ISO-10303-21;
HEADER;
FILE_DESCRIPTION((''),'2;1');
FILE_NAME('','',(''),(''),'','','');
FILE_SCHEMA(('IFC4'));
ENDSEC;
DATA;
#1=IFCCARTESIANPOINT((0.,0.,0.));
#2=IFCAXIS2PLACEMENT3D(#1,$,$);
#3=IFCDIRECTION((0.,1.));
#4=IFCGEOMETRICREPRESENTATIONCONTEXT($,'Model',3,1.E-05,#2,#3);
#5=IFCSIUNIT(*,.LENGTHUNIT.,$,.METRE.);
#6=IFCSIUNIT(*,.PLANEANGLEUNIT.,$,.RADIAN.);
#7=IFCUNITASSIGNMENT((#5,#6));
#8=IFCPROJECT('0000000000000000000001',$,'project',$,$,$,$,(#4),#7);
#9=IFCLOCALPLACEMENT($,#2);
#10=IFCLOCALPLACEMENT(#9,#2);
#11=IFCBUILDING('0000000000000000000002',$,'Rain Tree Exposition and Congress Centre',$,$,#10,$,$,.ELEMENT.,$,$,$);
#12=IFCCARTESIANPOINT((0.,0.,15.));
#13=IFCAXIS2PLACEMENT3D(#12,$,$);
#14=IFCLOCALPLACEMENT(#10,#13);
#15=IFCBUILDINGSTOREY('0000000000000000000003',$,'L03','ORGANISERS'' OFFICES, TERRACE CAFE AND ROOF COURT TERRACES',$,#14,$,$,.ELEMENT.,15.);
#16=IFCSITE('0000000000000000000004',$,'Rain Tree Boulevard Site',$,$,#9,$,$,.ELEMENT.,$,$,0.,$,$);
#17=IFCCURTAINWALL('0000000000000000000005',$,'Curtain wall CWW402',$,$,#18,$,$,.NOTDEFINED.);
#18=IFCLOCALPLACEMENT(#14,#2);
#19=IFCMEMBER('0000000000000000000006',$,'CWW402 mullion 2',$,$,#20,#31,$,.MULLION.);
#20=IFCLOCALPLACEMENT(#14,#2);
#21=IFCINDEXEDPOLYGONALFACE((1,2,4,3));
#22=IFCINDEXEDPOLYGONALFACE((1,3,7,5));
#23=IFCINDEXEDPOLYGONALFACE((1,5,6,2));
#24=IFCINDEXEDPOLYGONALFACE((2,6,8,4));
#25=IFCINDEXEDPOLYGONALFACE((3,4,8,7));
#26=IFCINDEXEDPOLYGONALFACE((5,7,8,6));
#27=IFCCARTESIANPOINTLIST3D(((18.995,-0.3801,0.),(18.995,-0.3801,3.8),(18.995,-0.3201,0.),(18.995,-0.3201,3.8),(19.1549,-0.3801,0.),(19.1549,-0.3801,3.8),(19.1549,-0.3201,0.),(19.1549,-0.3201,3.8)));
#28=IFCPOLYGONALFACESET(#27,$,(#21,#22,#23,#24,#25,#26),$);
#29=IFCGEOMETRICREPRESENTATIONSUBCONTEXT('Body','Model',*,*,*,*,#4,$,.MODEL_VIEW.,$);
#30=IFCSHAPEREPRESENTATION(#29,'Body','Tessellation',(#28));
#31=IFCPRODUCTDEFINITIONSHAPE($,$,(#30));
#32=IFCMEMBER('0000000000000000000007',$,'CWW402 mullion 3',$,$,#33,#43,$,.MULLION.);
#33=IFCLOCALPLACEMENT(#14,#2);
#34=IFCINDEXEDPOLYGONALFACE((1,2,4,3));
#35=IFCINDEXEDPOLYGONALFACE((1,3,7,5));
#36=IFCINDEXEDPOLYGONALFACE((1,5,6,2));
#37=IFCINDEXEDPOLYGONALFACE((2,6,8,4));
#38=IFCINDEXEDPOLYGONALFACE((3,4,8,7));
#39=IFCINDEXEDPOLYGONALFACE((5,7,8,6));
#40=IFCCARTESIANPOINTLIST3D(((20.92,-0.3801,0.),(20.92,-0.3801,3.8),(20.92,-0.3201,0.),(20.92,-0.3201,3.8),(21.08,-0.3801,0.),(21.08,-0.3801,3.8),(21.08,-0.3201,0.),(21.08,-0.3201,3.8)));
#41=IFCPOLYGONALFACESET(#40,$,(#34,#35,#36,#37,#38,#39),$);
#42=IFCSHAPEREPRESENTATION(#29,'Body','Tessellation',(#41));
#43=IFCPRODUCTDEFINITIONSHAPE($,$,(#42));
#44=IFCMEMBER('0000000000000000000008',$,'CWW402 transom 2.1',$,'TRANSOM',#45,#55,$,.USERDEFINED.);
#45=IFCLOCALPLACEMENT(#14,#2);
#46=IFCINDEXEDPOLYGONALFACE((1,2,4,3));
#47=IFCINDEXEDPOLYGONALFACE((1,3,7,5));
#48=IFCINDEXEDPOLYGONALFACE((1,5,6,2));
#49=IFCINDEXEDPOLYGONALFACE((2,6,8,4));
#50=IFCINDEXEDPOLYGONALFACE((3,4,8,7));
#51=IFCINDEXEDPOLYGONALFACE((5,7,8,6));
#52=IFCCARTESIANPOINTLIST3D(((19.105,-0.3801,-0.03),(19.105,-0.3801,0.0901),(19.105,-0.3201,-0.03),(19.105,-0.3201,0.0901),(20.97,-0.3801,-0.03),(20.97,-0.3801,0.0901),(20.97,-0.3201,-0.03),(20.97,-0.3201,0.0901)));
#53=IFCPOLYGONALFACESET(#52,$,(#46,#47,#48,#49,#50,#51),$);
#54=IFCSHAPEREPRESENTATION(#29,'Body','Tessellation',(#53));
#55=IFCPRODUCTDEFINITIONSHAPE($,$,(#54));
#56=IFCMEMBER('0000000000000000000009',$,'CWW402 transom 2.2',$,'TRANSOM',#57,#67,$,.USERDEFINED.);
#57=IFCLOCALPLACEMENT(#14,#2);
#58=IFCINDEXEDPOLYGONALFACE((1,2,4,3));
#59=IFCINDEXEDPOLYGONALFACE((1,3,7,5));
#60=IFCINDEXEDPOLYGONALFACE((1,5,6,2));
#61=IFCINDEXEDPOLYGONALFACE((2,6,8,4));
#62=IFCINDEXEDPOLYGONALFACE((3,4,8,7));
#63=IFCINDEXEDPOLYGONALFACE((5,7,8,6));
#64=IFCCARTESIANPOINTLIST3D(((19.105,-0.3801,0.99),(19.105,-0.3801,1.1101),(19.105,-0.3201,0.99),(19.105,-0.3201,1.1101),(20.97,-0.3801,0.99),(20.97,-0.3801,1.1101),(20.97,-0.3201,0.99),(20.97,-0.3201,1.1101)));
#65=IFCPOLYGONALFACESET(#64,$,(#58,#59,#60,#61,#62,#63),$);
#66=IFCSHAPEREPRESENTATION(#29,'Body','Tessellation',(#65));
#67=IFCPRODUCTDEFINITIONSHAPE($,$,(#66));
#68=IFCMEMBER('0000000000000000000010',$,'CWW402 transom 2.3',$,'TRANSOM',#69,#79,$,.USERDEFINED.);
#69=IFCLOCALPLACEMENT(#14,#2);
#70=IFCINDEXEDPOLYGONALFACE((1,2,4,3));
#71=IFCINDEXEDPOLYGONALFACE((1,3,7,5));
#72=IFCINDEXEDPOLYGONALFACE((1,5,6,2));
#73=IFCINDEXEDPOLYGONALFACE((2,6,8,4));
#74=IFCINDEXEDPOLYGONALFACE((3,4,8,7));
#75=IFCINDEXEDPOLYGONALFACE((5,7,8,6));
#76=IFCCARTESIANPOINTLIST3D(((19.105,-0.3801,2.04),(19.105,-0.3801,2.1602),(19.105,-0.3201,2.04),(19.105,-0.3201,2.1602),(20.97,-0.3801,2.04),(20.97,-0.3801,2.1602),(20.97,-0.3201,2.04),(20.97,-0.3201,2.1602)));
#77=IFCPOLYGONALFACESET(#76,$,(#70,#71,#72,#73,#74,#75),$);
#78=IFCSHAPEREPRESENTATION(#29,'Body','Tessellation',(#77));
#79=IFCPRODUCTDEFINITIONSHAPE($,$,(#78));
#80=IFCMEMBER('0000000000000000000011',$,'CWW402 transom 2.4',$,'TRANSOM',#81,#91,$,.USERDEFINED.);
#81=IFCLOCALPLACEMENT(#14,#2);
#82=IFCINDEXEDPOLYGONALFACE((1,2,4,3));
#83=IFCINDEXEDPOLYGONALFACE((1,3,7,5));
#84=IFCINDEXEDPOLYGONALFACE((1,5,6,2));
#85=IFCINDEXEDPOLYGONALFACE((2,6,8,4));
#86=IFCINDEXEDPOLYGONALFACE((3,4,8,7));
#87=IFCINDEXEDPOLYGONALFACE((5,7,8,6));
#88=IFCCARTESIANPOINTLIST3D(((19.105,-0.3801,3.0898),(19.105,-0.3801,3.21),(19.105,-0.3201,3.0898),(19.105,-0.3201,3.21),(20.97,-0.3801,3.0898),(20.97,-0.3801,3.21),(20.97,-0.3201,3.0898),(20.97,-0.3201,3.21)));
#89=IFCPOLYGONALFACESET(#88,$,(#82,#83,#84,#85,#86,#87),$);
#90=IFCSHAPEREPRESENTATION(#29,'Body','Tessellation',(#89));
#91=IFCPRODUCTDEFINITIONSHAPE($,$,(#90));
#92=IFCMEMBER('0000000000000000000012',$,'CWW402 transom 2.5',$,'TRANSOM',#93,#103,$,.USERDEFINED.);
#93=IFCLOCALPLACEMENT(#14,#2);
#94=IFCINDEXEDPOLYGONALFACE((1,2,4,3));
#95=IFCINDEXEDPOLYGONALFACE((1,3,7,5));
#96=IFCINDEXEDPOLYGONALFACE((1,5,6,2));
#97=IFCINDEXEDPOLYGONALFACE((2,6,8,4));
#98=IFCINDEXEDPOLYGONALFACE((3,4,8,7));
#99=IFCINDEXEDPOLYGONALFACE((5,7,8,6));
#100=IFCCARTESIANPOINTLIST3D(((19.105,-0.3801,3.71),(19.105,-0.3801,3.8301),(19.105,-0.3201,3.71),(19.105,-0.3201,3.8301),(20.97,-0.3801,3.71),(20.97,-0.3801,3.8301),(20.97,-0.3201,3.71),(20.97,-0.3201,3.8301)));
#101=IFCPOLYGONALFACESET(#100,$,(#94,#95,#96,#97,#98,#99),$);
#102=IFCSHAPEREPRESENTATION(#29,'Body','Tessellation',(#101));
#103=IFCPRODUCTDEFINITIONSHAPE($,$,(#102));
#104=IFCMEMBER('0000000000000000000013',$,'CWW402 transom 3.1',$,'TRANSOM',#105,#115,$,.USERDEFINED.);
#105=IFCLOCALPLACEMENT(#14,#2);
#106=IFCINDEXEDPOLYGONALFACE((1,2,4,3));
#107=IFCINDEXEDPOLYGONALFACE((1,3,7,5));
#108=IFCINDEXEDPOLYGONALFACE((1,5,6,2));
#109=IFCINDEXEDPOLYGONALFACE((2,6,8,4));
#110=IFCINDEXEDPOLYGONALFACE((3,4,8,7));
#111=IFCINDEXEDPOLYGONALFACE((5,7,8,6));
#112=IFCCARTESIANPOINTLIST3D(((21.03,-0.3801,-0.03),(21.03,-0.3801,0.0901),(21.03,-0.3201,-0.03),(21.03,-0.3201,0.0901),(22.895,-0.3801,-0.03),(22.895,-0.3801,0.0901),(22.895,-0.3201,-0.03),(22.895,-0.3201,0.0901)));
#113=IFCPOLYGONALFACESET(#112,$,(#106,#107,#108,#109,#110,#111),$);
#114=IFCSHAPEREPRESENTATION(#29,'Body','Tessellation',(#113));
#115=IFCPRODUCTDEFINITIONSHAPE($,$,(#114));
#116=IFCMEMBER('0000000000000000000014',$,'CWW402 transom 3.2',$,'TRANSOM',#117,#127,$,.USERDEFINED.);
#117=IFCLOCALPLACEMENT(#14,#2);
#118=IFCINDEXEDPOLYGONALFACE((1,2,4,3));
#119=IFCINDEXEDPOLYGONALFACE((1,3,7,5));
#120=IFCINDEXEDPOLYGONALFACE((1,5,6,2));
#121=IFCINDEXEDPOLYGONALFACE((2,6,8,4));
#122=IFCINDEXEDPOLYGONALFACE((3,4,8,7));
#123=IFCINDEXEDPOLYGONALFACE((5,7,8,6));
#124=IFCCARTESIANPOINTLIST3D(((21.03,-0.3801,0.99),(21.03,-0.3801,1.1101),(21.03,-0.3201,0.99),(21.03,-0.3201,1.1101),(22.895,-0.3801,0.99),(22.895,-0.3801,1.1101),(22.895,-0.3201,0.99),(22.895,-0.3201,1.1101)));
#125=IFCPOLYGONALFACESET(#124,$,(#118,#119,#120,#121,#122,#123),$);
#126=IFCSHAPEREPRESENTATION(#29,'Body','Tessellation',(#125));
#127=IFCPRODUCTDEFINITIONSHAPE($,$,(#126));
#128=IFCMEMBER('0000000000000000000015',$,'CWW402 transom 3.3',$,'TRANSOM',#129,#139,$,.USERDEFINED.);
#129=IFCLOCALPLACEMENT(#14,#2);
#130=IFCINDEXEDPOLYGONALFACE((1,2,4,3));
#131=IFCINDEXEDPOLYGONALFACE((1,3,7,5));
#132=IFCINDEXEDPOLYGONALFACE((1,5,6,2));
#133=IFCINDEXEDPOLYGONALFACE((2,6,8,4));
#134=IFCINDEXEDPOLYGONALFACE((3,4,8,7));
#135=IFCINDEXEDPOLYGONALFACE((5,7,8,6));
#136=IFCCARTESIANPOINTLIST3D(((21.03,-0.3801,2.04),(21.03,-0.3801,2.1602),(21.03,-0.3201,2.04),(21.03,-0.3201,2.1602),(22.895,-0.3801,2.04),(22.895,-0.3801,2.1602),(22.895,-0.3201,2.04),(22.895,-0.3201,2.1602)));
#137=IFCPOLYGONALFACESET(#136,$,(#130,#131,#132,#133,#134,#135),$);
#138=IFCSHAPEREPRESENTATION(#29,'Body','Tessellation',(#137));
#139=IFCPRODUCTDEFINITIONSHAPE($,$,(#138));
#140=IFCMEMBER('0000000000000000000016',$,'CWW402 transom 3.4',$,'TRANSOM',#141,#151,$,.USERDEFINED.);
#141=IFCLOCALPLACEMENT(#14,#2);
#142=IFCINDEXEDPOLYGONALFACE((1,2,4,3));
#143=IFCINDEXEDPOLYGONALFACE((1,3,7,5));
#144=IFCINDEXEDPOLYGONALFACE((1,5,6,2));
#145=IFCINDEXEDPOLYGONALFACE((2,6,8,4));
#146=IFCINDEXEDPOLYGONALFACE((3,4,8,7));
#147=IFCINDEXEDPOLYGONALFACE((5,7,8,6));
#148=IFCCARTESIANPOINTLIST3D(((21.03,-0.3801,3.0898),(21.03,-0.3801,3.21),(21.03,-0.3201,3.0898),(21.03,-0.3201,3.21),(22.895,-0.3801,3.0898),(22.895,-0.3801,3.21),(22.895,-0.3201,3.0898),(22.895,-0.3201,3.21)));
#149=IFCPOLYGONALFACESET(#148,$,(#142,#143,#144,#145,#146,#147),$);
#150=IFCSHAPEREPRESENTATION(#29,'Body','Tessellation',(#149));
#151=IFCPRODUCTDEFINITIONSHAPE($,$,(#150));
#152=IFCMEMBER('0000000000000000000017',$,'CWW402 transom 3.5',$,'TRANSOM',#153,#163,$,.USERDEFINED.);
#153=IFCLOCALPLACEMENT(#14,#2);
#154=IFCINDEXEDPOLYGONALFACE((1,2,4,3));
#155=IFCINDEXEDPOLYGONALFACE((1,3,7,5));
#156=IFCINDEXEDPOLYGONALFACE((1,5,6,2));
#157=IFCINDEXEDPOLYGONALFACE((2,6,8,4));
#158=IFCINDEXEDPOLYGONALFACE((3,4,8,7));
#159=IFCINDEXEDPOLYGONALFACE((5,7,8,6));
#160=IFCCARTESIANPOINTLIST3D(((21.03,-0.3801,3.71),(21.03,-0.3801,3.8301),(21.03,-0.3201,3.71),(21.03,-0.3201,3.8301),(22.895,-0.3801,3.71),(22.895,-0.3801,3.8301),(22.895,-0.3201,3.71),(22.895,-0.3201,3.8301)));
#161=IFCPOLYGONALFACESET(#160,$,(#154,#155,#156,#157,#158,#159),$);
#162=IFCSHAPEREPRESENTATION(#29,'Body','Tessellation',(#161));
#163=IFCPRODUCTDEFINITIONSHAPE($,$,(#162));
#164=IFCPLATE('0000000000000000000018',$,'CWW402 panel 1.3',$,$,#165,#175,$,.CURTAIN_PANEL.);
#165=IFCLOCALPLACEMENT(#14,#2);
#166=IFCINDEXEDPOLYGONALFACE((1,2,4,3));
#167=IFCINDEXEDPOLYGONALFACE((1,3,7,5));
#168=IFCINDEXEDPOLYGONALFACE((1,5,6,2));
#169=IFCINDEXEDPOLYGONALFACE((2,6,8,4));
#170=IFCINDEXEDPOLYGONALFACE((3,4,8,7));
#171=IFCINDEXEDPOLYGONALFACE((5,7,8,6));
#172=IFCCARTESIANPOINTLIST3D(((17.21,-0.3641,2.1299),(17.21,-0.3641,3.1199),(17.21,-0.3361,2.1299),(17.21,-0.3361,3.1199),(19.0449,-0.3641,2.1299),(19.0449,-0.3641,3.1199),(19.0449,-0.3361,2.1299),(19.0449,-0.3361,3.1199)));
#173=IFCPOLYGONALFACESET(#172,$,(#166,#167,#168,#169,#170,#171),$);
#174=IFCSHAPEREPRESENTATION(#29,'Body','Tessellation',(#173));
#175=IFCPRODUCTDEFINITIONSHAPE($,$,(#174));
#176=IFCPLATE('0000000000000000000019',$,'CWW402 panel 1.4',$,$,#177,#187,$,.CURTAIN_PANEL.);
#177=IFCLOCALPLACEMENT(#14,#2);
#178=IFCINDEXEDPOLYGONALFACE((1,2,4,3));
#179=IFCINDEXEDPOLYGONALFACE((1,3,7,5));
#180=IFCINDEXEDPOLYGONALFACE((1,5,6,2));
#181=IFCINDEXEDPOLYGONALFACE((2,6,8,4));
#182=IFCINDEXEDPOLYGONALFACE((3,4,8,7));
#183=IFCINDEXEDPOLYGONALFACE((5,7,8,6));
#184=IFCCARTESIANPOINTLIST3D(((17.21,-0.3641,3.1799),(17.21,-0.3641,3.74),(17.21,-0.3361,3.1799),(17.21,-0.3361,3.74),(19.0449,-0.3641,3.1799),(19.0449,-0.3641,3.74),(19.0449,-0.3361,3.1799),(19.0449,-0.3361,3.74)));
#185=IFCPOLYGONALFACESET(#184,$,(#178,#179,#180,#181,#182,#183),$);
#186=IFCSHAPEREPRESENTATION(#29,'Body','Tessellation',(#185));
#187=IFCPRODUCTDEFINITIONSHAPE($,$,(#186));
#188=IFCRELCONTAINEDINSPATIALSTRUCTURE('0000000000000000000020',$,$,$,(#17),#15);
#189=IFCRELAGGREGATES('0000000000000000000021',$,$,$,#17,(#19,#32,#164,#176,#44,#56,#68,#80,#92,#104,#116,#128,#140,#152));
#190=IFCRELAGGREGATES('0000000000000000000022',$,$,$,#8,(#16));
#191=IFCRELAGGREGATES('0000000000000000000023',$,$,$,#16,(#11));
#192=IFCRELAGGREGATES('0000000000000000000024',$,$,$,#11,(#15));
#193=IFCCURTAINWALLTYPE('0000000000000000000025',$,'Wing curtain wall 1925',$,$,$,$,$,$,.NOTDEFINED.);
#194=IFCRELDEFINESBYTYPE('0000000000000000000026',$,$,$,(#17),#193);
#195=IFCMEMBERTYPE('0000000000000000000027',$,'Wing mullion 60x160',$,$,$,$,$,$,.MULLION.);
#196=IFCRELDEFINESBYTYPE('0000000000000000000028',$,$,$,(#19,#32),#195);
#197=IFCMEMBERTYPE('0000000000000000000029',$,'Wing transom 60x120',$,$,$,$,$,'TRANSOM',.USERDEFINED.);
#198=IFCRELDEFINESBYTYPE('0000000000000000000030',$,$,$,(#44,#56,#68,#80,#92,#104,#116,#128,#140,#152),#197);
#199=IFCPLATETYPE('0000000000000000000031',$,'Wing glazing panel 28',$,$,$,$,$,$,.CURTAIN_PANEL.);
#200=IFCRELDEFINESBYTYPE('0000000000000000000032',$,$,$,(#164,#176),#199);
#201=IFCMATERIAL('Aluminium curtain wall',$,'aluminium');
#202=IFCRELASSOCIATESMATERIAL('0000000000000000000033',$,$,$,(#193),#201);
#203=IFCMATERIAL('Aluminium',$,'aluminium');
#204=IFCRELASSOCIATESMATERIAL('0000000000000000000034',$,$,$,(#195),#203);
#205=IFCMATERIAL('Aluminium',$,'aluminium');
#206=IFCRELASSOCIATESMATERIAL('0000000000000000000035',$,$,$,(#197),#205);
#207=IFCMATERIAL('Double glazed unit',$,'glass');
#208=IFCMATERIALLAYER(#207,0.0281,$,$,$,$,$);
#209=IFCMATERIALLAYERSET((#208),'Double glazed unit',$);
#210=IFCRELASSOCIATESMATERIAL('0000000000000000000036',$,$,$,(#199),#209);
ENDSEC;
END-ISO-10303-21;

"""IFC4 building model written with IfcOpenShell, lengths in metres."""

from ifc_helpers import new_model, si_unit, direction, frame, origin, origin_2d, place, context, subcontext, project, spatial, rectangle, extrude, material, layer, layer_set, material_profile, profile_set, type_object, element, aggregate, save


model = new_model("IFC4")

# Units and contexts
model_context = context("Model", 3, precision=1e-05, world=origin(), true_north=direction((0.0, 1.0)))
body_context = subcontext(model_context, "Body", "Model", "MODEL_VIEW")
ifc_project = project(units=[si_unit("LENGTHUNIT", "METRE"), si_unit("PLANEANGLEUNIT", "RADIAN")], contexts=[model_context])

# Site, building, storey
site_placement = place(None, origin())
site = spatial("IfcSite", under=ifc_project, at=site_placement, Name="Rain Tree Boulevard Site", CompositionType="ELEMENT", RefElevation=0.0)
building_placement = place(site_placement, origin())
building = spatial("IfcBuilding", under=site, at=building_placement, Name="Rain Tree Exposition and Congress Centre", CompositionType="ELEMENT")
storey_placement = place(building_placement, frame((0.0, 0.0, 15.0)))
storey = spatial("IfcBuildingStorey", under=building, at=storey_placement, Name="L03", Description="ORGANISERS' OFFICES, TERRACE CAFE AND ROOF COURT TERRACES", CompositionType="ELEMENT", Elevation=15.0)

# Curtain wall, members, plates
ifc_material_1 = material(Name="Aluminium curtain wall", Category="aluminium")
curtain_wall_type = type_object("IfcCurtainWallType", Name="Wing curtain wall 1925", PredefinedType="NOTDEFINED", material=ifc_material_1)
curtain_wall_placement = place(storey_placement, origin())
curtain_wall = element("IfcCurtainWall", 1, at=curtain_wall_placement, inside=storey, type_object=curtain_wall_type, Name="Curtain wall CWW402", PredefinedType="NOTDEFINED")
ifc_material_2 = material(Name="Aluminium", Category="aluminium")
ifc_material_profile_1 = material_profile(ifc_material_2, rectangle(XDim=0.0601, YDim=0.1599, at=origin_2d()), Name="Aluminium 60x160")
ifc_profile_set_1 = profile_set([ifc_material_profile_1], Name="Aluminium")
member_type_1 = type_object("IfcMemberType", Name="Wing mullion 60x160", PredefinedType="MULLION", material=ifc_profile_set_1)
member_1_placement = place(storey_placement, frame((19.075, -0.3501, 0.0), z_axis=(0.0, 0.0, 1.0), x_axis=(0.0, 1.0, 0.0)))
member_1 = element("IfcMember", 2, at=member_1_placement, type_object=member_type_1, Name="CWW402 mullion 2", PredefinedType="MULLION", context=body_context, shape_type="SweptSolid", body=[
    extrude(rectangle(XDim=0.0601, YDim=0.1599, at=origin_2d()), origin(), (0.0, 0.0, 1.0), 3.8),
])
member_2_placement = place(storey_placement, frame((21.0, -0.3501, 0.0), z_axis=(0.0, 0.0, 1.0), x_axis=(0.0, 1.0, 0.0)))
member_2 = element("IfcMember", 3, at=member_2_placement, type_object=member_type_1, Name="CWW402 mullion 3", PredefinedType="MULLION", context=body_context, shape_type="SweptSolid", body=[
    extrude(rectangle(XDim=0.0601, YDim=0.1599, at=origin_2d()), origin(), (0.0, 0.0, 1.0), 3.8),
])
ifc_material_3 = material(Name="Aluminium", Category="aluminium")
ifc_material_profile_2 = material_profile(ifc_material_3, rectangle(XDim=0.0601, YDim=0.1201, at=origin_2d()), Name="Aluminium 60x120")
ifc_profile_set_2 = profile_set([ifc_material_profile_2], Name="Aluminium")
member_type_2 = type_object("IfcMemberType", Name="Wing transom 60x120", ElementType="TRANSOM", PredefinedType="USERDEFINED", material=ifc_profile_set_2)
member_3_placement = place(storey_placement, frame((19.105, -0.3501, 0.03), z_axis=(1.0, 0.0, 0.0), x_axis=(0.0, 1.0, 0.0)))
member_3 = element("IfcMember", 4, at=member_3_placement, type_object=member_type_2, Name="CWW402 transom 2.1", ObjectType="TRANSOM", PredefinedType="USERDEFINED", context=body_context, shape_type="SweptSolid", body=[
    extrude(rectangle(XDim=0.0601, YDim=0.1201, at=origin_2d()), origin(), (0.0, 0.0, 1.0), 1.865),
])
member_4_placement = place(storey_placement, frame((19.105, -0.3501, 1.05), z_axis=(1.0, 0.0, 0.0), x_axis=(0.0, 1.0, 0.0)))
member_4 = element("IfcMember", 5, at=member_4_placement, type_object=member_type_2, Name="CWW402 transom 2.2", ObjectType="TRANSOM", PredefinedType="USERDEFINED", context=body_context, shape_type="SweptSolid", body=[
    extrude(rectangle(XDim=0.0601, YDim=0.1201, at=origin_2d()), origin(), (0.0, 0.0, 1.0), 1.865),
])
member_5_placement = place(storey_placement, frame((19.105, -0.3501, 2.1001), z_axis=(1.0, 0.0, 0.0), x_axis=(0.0, 1.0, 0.0)))
member_5 = element("IfcMember", 6, at=member_5_placement, type_object=member_type_2, Name="CWW402 transom 2.3", ObjectType="TRANSOM", PredefinedType="USERDEFINED", context=body_context, shape_type="SweptSolid", body=[
    extrude(rectangle(XDim=0.0601, YDim=0.1201, at=origin_2d()), origin(), (0.0, 0.0, 1.0), 1.865),
])
member_6_placement = place(storey_placement, frame((19.105, -0.3501, 3.1499), z_axis=(1.0, 0.0, 0.0), x_axis=(0.0, 1.0, 0.0)))
member_6 = element("IfcMember", 7, at=member_6_placement, type_object=member_type_2, Name="CWW402 transom 2.4", ObjectType="TRANSOM", PredefinedType="USERDEFINED", context=body_context, shape_type="SweptSolid", body=[
    extrude(rectangle(XDim=0.0601, YDim=0.1201, at=origin_2d()), origin(), (0.0, 0.0, 1.0), 1.865),
])
member_7_placement = place(storey_placement, frame((19.105, -0.3501, 3.77), z_axis=(1.0, 0.0, 0.0), x_axis=(0.0, 1.0, 0.0)))
member_7 = element("IfcMember", 8, at=member_7_placement, type_object=member_type_2, Name="CWW402 transom 2.5", ObjectType="TRANSOM", PredefinedType="USERDEFINED", context=body_context, shape_type="SweptSolid", body=[
    extrude(rectangle(XDim=0.0601, YDim=0.1201, at=origin_2d()), origin(), (0.0, 0.0, 1.0), 1.865),
])
member_8_placement = place(storey_placement, frame((21.03, -0.3501, 0.03), z_axis=(1.0, 0.0, 0.0), x_axis=(0.0, 1.0, 0.0)))
member_8 = element("IfcMember", 9, at=member_8_placement, type_object=member_type_2, Name="CWW402 transom 3.1", ObjectType="TRANSOM", PredefinedType="USERDEFINED", context=body_context, shape_type="SweptSolid", body=[
    extrude(rectangle(XDim=0.0601, YDim=0.1201, at=origin_2d()), origin(), (0.0, 0.0, 1.0), 1.865),
])
member_9_placement = place(storey_placement, frame((21.03, -0.3501, 1.05), z_axis=(1.0, 0.0, 0.0), x_axis=(0.0, 1.0, 0.0)))
member_9 = element("IfcMember", 10, at=member_9_placement, type_object=member_type_2, Name="CWW402 transom 3.2", ObjectType="TRANSOM", PredefinedType="USERDEFINED", context=body_context, shape_type="SweptSolid", body=[
    extrude(rectangle(XDim=0.0601, YDim=0.1201, at=origin_2d()), origin(), (0.0, 0.0, 1.0), 1.865),
])
member_10_placement = place(storey_placement, frame((21.03, -0.3501, 2.1001), z_axis=(1.0, 0.0, 0.0), x_axis=(0.0, 1.0, 0.0)))
member_10 = element("IfcMember", 11, at=member_10_placement, type_object=member_type_2, Name="CWW402 transom 3.3", ObjectType="TRANSOM", PredefinedType="USERDEFINED", context=body_context, shape_type="SweptSolid", body=[
    extrude(rectangle(XDim=0.0601, YDim=0.1201, at=origin_2d()), origin(), (0.0, 0.0, 1.0), 1.865),
])
member_11_placement = place(storey_placement, frame((21.03, -0.3501, 3.1499), z_axis=(1.0, 0.0, 0.0), x_axis=(0.0, 1.0, 0.0)))
member_11 = element("IfcMember", 12, at=member_11_placement, type_object=member_type_2, Name="CWW402 transom 3.4", ObjectType="TRANSOM", PredefinedType="USERDEFINED", context=body_context, shape_type="SweptSolid", body=[
    extrude(rectangle(XDim=0.0601, YDim=0.1201, at=origin_2d()), origin(), (0.0, 0.0, 1.0), 1.865),
])
member_12_placement = place(storey_placement, frame((21.03, -0.3501, 3.77), z_axis=(1.0, 0.0, 0.0), x_axis=(0.0, 1.0, 0.0)))
member_12 = element("IfcMember", 13, at=member_12_placement, type_object=member_type_2, Name="CWW402 transom 3.5", ObjectType="TRANSOM", PredefinedType="USERDEFINED", context=body_context, shape_type="SweptSolid", body=[
    extrude(rectangle(XDim=0.0601, YDim=0.1201, at=origin_2d()), origin(), (0.0, 0.0, 1.0), 1.865),
])
ifc_material_4 = material(Name="Double glazed unit", Category="glass")
ifc_layer_1 = layer(ifc_material_4, 0.0281)
ifc_layer_set_1 = layer_set([ifc_layer_1], Name="Double glazed unit")
plate_type = type_object("IfcPlateType", Name="Wing glazing panel 28", PredefinedType="CURTAIN_PANEL", material=ifc_layer_set_1)
plate_1_placement = place(storey_placement, frame((18.1274, -0.3501, 2.1299), z_axis=(0.0, 0.0, 1.0), x_axis=(1.0, 0.0, 0.0)))
plate_1 = element("IfcPlate", 14, at=plate_1_placement, type_object=plate_type, Name="CWW402 panel 1.3", PredefinedType="CURTAIN_PANEL", context=body_context, shape_type="SweptSolid", body=[
    extrude(rectangle(XDim=1.835, YDim=0.0281, at=origin_2d()), origin(), (0.0, 0.0, 1.0), 0.99),
])
plate_2_placement = place(storey_placement, frame((18.1274, -0.3501, 3.1799), z_axis=(0.0, 0.0, 1.0), x_axis=(1.0, 0.0, 0.0)))
plate_2 = element("IfcPlate", 15, at=plate_2_placement, type_object=plate_type, Name="CWW402 panel 1.4", PredefinedType="CURTAIN_PANEL", context=body_context, shape_type="SweptSolid", body=[
    extrude(rectangle(XDim=1.835, YDim=0.0281, at=origin_2d()), origin(), (0.0, 0.0, 1.0), 0.5601),
])
aggregate(curtain_wall, [member_1, member_2, plate_1, plate_2, member_3, member_4, member_5, member_6, member_7, member_8, member_9, member_10, member_11, member_12])

save(model, "model.ifc")
